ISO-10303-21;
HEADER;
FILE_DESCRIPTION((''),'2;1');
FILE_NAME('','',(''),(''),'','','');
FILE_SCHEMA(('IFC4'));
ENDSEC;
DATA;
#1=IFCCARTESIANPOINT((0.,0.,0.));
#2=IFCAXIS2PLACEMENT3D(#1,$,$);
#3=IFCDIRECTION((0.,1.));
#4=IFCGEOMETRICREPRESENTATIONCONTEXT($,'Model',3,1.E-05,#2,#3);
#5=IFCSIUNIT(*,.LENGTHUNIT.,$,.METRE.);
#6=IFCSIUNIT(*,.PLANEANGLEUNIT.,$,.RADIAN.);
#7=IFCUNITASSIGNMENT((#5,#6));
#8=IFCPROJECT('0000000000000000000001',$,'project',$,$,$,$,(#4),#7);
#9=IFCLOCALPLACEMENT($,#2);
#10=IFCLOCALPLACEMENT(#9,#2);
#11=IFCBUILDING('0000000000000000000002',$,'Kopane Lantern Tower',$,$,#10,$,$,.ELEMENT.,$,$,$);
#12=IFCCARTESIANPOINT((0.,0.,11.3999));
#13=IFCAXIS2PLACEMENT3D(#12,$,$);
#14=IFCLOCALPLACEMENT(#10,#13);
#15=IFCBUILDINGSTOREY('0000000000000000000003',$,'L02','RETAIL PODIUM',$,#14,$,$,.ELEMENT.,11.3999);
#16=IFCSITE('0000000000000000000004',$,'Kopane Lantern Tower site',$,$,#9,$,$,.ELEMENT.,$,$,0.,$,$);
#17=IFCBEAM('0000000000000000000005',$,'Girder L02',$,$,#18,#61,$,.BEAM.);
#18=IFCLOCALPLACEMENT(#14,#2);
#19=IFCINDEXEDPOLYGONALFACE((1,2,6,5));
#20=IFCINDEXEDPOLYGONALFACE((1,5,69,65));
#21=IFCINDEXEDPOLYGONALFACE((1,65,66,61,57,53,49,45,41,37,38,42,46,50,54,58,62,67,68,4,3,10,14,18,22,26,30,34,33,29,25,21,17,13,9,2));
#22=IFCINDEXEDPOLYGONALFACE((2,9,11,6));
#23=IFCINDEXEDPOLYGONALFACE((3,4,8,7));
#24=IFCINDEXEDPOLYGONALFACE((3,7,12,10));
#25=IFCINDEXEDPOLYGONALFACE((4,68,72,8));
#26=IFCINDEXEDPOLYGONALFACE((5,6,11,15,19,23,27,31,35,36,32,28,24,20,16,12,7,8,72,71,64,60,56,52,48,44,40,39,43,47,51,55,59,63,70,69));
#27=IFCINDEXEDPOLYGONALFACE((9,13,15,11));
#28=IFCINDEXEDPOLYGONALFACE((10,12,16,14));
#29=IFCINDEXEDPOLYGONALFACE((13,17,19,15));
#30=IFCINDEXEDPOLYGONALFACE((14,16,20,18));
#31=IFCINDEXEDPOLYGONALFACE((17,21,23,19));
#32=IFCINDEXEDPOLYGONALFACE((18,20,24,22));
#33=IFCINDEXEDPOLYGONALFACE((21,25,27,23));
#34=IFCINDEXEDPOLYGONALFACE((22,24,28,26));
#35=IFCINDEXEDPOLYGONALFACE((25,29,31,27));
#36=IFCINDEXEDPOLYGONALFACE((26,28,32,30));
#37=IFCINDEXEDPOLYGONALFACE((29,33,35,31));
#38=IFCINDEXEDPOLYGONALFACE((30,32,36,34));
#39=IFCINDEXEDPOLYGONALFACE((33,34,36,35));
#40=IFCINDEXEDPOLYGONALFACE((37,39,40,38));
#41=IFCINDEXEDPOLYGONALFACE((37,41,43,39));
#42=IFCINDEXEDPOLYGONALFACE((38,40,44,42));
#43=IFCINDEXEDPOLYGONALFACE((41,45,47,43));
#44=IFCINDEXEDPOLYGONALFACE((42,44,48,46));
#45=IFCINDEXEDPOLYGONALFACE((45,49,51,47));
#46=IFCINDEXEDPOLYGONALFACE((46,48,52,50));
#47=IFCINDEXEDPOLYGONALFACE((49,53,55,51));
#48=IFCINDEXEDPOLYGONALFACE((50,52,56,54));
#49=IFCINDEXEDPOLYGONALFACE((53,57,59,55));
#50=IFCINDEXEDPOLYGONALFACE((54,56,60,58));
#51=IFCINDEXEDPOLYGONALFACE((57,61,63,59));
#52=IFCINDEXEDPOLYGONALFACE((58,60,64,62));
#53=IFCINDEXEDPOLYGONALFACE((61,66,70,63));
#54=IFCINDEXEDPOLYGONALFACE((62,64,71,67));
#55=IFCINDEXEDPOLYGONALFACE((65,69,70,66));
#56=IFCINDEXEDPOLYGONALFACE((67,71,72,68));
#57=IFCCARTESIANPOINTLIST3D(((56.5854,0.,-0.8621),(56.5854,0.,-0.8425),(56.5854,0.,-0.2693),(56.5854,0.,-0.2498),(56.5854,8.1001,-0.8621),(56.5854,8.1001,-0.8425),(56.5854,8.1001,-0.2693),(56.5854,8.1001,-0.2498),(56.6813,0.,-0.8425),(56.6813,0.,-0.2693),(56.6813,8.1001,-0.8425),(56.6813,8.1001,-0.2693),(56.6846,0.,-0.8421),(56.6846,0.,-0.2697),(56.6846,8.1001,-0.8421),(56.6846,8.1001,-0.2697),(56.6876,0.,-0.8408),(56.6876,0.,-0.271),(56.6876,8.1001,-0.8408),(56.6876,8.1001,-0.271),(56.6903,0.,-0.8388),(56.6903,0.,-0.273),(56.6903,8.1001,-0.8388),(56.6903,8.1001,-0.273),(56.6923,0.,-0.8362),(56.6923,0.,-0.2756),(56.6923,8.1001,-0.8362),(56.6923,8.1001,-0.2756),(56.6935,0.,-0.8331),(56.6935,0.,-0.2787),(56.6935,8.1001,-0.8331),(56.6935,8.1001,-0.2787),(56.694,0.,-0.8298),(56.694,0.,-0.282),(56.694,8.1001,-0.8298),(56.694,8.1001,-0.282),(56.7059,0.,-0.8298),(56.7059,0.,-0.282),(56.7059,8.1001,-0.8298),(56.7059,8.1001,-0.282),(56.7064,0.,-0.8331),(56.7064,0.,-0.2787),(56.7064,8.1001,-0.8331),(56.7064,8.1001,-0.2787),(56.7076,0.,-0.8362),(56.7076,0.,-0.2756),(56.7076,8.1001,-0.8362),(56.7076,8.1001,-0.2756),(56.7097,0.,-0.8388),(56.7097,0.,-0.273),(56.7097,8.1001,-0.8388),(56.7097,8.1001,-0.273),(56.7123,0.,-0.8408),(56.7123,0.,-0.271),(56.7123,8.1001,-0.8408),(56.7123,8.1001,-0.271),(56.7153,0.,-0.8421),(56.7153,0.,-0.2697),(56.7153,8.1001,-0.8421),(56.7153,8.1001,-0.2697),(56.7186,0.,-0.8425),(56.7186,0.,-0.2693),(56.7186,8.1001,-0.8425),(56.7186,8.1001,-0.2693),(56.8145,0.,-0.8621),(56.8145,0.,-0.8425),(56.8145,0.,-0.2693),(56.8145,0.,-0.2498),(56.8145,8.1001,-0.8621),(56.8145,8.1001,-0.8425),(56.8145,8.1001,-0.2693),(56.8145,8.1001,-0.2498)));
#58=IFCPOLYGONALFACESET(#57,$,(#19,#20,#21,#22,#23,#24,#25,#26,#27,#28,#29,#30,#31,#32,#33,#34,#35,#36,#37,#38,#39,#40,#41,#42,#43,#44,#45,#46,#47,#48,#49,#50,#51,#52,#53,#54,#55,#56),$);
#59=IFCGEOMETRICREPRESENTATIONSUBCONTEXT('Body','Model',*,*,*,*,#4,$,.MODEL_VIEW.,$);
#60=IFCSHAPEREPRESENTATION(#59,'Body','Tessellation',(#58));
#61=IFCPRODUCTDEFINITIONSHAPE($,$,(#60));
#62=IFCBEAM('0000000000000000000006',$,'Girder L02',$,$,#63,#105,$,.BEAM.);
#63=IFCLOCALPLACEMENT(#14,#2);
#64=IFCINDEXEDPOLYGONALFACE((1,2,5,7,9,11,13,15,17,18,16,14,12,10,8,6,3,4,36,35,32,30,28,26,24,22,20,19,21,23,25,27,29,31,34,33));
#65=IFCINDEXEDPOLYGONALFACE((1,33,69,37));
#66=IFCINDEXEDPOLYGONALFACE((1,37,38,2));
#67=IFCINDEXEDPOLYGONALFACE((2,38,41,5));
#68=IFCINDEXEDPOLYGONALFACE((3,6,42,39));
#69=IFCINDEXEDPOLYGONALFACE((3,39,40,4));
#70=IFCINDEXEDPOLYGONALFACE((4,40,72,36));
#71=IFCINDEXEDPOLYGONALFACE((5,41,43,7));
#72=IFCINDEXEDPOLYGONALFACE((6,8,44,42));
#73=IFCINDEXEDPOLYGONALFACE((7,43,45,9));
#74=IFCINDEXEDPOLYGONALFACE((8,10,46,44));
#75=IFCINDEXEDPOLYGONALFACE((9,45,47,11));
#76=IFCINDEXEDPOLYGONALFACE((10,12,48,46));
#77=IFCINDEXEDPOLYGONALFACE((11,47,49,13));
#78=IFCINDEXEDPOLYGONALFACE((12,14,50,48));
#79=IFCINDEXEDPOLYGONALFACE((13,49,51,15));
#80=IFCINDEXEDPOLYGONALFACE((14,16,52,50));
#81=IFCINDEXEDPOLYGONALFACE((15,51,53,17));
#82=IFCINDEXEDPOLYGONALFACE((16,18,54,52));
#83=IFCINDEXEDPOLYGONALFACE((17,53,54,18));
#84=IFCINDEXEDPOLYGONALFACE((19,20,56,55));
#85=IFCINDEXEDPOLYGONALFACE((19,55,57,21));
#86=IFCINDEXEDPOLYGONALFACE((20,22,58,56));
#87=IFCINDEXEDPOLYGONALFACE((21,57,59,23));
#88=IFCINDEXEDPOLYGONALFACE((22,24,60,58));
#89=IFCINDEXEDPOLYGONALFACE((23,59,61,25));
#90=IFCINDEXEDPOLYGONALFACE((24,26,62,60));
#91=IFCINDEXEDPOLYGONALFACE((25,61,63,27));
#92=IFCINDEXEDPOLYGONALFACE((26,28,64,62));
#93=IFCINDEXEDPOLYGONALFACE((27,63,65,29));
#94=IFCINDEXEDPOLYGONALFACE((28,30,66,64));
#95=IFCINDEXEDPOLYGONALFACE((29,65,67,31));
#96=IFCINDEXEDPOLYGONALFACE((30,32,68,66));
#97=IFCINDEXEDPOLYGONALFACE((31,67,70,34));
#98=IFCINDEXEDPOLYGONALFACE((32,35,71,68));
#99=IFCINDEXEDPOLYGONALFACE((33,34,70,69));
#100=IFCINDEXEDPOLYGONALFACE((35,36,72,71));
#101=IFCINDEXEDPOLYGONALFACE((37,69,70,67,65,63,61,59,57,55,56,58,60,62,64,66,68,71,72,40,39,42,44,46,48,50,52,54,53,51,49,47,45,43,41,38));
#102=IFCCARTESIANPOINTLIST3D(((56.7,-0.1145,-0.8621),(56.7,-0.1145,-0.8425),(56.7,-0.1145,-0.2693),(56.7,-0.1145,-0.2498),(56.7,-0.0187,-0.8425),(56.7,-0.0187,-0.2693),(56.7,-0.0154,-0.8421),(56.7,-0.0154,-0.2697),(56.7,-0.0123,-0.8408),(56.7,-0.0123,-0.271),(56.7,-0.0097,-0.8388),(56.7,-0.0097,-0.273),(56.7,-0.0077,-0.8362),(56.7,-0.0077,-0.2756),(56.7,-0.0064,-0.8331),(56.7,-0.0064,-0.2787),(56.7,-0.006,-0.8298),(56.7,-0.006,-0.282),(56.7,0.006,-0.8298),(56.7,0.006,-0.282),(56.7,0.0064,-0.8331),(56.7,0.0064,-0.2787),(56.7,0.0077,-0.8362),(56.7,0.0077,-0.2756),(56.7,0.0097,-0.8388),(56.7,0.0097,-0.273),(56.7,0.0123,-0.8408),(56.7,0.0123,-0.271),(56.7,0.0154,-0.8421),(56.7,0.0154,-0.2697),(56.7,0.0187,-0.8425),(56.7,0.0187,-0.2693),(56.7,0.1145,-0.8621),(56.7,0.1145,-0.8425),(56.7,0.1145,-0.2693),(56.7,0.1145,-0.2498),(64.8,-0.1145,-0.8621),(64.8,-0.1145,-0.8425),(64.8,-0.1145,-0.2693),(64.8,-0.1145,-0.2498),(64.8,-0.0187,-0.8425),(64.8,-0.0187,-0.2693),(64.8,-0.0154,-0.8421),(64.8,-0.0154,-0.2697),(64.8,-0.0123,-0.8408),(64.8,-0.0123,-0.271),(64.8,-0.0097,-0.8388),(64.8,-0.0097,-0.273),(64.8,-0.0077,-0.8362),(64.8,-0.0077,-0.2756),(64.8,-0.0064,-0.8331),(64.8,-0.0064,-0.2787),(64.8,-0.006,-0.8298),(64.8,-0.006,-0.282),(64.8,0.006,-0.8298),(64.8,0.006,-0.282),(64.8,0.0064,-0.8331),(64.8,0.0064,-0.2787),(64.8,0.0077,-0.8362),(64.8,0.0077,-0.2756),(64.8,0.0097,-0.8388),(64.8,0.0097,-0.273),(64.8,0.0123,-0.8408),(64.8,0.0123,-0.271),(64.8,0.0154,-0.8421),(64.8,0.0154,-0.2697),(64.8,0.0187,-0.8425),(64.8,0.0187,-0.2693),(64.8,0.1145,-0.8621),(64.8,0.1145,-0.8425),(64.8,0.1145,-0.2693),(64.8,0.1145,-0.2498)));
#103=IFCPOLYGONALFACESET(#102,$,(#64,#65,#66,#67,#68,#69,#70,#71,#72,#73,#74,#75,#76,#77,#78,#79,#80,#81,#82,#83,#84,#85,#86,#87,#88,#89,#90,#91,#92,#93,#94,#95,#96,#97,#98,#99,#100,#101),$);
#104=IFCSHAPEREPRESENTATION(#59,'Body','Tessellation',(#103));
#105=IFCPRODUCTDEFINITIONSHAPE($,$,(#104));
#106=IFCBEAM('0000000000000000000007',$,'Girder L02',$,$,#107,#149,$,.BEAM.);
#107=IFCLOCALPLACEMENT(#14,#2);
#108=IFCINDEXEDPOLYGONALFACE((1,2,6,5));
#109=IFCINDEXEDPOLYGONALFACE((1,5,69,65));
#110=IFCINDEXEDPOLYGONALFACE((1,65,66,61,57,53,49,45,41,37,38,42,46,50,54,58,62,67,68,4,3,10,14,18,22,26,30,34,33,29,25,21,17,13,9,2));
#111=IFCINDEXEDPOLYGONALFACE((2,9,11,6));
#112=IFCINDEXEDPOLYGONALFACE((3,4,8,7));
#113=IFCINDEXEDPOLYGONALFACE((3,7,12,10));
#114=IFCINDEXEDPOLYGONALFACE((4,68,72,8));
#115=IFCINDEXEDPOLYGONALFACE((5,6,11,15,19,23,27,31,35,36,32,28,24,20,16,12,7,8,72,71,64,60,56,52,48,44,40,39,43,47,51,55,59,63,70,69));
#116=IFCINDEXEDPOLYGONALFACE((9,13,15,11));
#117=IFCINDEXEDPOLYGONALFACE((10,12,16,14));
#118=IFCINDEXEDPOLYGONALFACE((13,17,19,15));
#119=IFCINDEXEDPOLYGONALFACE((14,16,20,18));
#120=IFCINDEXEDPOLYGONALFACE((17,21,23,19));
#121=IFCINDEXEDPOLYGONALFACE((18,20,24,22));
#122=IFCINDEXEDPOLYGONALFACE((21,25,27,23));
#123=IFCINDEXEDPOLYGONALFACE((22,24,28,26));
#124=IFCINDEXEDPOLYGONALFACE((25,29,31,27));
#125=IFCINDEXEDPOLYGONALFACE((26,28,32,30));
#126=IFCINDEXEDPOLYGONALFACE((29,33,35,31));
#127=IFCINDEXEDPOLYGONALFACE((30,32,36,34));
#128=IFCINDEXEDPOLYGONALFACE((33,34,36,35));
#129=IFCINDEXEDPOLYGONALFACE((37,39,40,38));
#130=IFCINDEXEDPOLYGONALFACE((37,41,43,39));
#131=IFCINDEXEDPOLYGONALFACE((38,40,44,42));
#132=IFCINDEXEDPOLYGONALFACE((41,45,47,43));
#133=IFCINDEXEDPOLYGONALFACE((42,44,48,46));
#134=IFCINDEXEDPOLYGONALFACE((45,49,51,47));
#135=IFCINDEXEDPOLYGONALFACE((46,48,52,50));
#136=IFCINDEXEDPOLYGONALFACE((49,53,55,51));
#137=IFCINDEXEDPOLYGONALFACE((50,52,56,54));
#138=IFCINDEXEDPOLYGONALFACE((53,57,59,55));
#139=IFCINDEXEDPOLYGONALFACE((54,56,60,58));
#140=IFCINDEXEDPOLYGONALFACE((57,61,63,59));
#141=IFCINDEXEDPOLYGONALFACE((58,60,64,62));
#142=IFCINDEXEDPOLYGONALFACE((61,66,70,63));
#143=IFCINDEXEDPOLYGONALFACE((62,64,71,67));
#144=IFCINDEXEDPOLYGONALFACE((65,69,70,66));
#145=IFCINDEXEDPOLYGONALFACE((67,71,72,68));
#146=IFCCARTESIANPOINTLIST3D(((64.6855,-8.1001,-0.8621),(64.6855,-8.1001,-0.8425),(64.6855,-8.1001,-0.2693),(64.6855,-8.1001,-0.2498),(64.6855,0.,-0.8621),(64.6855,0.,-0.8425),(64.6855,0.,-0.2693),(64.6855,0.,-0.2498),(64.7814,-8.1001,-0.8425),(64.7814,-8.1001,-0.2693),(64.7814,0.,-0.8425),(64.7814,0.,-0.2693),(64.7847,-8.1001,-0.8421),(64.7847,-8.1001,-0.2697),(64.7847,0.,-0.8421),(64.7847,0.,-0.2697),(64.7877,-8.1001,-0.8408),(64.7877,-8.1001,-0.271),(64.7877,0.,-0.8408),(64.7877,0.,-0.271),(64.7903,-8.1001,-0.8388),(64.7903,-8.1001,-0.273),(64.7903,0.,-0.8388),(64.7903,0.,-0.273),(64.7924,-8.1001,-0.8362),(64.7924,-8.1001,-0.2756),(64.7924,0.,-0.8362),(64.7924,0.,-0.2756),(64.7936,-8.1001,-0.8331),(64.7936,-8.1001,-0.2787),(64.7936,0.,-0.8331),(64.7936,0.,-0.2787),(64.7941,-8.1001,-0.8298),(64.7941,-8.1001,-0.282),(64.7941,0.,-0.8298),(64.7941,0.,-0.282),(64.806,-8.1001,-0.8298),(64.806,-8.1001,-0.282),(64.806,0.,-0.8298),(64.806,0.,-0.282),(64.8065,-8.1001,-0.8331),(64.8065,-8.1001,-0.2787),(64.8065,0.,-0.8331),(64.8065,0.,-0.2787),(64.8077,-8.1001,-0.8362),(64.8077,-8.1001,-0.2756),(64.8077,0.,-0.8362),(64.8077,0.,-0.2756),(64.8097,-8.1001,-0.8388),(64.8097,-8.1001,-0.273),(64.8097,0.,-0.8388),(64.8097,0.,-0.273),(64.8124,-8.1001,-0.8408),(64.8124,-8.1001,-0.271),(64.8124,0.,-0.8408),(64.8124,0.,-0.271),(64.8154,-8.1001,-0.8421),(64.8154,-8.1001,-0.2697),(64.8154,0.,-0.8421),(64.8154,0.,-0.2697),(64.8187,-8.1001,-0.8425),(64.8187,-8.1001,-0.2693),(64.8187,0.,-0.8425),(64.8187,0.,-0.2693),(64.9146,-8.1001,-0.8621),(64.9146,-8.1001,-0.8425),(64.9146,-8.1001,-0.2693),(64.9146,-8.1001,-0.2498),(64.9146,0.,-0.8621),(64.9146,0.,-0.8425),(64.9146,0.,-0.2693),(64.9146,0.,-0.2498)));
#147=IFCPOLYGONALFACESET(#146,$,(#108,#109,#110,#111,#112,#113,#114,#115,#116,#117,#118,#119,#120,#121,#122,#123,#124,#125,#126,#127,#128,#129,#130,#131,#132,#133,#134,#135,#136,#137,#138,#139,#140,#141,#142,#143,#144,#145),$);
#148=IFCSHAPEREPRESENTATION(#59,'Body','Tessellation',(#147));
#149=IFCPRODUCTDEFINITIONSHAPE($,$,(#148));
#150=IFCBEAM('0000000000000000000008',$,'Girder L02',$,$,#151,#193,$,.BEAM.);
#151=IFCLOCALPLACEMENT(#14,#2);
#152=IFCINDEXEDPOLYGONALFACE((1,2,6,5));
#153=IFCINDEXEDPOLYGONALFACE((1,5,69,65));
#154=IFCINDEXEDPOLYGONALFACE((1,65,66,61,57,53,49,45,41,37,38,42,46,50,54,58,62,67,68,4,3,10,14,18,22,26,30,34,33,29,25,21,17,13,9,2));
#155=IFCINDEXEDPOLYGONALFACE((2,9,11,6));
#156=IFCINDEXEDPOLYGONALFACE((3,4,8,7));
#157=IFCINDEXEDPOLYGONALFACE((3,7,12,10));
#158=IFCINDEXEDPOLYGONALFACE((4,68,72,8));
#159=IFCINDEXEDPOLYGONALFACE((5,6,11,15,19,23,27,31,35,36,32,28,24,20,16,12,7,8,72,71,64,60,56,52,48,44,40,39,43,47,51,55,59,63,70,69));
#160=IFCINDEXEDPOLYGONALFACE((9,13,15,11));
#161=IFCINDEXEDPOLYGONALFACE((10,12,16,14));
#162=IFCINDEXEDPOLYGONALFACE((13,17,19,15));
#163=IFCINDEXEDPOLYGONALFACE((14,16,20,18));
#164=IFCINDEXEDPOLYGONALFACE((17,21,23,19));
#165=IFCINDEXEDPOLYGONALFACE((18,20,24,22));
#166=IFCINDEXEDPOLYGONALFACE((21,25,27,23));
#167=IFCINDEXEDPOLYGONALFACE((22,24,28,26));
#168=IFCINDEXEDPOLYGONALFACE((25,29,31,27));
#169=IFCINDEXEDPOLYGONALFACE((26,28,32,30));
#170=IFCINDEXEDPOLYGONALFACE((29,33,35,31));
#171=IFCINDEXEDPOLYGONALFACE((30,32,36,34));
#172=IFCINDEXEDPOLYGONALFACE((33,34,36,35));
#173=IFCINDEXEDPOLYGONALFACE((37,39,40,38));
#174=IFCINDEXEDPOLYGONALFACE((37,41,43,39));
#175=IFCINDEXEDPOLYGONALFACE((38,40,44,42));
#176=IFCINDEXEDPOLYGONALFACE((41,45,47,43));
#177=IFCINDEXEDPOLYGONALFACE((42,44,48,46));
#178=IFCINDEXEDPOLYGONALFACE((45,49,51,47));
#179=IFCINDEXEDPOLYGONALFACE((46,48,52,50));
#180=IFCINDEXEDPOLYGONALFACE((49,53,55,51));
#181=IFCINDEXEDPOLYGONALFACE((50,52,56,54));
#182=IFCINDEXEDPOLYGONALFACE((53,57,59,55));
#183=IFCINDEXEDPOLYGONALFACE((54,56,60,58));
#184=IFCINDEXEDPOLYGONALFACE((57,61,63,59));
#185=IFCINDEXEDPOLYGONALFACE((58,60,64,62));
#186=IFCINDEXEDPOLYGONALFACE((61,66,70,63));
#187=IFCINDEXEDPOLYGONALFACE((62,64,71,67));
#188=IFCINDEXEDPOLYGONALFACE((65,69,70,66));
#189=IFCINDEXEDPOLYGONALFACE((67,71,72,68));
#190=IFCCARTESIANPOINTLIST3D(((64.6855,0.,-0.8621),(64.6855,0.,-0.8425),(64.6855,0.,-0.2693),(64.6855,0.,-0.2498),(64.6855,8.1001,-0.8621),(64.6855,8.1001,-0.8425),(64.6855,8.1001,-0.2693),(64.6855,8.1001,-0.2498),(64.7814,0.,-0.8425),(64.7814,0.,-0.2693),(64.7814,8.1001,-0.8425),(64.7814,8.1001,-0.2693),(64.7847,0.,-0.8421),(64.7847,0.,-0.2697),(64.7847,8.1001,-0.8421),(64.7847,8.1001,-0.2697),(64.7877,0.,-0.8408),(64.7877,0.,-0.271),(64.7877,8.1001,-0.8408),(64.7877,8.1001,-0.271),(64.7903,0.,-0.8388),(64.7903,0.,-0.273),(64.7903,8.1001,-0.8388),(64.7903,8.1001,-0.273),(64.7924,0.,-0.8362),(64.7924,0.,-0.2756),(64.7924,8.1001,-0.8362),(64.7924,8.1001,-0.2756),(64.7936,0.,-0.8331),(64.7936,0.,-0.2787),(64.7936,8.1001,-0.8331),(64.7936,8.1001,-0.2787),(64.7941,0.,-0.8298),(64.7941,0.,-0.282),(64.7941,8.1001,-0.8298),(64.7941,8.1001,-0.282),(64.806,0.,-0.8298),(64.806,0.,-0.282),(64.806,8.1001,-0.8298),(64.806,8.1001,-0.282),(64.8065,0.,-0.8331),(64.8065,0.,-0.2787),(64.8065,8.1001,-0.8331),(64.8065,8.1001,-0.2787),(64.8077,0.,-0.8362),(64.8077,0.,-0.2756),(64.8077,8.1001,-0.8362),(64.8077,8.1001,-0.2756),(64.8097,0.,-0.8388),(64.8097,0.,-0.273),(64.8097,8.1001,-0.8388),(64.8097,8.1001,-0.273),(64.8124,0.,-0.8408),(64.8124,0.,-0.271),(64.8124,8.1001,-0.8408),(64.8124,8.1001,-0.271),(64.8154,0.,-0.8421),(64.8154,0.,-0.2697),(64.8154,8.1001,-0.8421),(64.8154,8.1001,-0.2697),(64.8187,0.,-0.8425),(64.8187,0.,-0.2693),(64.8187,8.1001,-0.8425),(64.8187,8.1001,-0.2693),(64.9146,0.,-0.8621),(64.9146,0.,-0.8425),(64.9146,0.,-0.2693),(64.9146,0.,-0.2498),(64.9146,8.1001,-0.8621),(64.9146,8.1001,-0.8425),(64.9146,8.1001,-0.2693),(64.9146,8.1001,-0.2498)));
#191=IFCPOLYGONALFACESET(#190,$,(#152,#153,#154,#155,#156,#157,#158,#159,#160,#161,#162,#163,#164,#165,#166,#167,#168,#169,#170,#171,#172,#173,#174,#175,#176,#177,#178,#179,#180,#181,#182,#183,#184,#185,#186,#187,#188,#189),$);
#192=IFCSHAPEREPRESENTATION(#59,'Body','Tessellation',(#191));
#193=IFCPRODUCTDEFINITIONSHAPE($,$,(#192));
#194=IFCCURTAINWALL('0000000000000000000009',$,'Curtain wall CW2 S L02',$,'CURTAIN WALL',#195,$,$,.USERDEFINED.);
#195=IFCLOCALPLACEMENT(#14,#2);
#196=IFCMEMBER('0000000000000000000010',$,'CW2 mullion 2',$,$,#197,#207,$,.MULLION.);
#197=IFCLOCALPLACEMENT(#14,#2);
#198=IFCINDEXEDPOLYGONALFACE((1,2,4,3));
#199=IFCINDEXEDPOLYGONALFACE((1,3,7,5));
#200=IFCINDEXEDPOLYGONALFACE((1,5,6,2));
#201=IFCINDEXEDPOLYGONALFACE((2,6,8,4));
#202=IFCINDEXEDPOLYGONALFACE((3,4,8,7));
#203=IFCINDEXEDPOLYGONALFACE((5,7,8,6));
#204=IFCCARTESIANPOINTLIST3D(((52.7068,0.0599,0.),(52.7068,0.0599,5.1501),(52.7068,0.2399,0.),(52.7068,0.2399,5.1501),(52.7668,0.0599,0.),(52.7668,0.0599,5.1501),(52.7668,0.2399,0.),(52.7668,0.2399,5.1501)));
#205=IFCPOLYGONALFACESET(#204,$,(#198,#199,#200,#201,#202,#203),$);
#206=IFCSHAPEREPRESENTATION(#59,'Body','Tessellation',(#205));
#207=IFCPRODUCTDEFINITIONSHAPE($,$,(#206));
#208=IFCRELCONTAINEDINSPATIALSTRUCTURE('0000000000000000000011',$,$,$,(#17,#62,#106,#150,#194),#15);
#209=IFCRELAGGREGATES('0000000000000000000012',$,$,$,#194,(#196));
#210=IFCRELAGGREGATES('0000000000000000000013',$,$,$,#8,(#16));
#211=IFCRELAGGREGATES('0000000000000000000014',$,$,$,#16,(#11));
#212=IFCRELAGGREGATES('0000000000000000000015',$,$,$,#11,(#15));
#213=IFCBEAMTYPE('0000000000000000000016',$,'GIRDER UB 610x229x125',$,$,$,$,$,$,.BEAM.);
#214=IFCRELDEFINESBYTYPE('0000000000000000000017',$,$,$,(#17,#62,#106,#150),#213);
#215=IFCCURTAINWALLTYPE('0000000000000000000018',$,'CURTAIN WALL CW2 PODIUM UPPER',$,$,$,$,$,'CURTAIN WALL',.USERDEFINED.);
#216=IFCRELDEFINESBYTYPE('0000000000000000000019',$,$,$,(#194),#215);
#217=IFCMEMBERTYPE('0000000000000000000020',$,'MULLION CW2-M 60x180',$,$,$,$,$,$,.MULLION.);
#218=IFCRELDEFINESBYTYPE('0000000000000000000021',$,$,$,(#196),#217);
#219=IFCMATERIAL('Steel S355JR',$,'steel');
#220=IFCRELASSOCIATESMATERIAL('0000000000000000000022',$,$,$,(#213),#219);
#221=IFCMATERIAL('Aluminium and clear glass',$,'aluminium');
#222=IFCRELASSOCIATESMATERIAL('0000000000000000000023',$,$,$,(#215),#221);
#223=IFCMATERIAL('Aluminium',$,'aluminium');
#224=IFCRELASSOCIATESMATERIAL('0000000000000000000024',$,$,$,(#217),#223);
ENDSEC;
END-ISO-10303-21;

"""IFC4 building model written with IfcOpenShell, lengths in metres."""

from ifc_helpers import new_model, si_unit, direction, frame, origin, origin_2d, place, context, subcontext, project, spatial, rectangle, i_section, extrude, material, material_profile, profile_set, type_object, element, aggregate, save


model = new_model("IFC4")

# Units and contexts
model_context = context("Model", 3, precision=1e-05, world=origin(), true_north=direction((0.0, 1.0)))
body_context = subcontext(model_context, "Body", "Model", "MODEL_VIEW")
ifc_project = project(units=[si_unit("LENGTHUNIT", "METRE"), si_unit("PLANEANGLEUNIT", "RADIAN")], contexts=[model_context])

# Site, building, storey
site_placement = place(None, origin())
site = spatial("IfcSite", under=ifc_project, at=site_placement, Name="Kopane Lantern Tower site", CompositionType="ELEMENT", RefElevation=0.0)
building_placement = place(site_placement, origin())
building = spatial("IfcBuilding", under=site, at=building_placement, Name="Kopane Lantern Tower", CompositionType="ELEMENT")
storey_placement = place(building_placement, frame((0.0, 0.0, 11.3999)))
storey = spatial("IfcBuildingStorey", under=building, at=storey_placement, Name="L02", Description="RETAIL PODIUM", CompositionType="ELEMENT", Elevation=11.3999)

# Beams
ifc_material_1 = material(Name="Steel S355JR", Category="steel")
ifc_material_profile_1 = material_profile(ifc_material_1, i_section(OverallWidth=0.229, OverallDepth=0.6123, WebThickness=0.012, FlangeThickness=0.0195, FilletRadius=0.0127, at=origin_2d()), Name="UB 610x229x125")
ifc_profile_set_1 = profile_set([ifc_material_profile_1], Name="Steel S355JR")
beam_type = type_object("IfcBeamType", Name="GIRDER UB 610x229x125", PredefinedType="BEAM", material=ifc_profile_set_1)
for number, where, z_axis, x_axis, name in (
    (1, (56.7, 0.0, -0.5559), (0.0, 1.0, 0.0), (-1.0, 0.0, 0.0), "Girder L02"),
    (2, (56.7, 0.0, -0.5559), (1.0, 0.0, 0.0), (0.0, 1.0, 0.0), "Girder L02"),
    (3, (64.8, -8.1001, -0.5559), (0.0, 1.0, 0.0), (-1.0, 0.0, 0.0), "Girder L02"),
    (4, (64.8, 0.0, -0.5559), (0.0, 1.0, 0.0), (-1.0, 0.0, 0.0), "Girder L02"),
):
    element("IfcBeam", number, at=place(storey_placement, frame(where, z_axis=z_axis, x_axis=x_axis)), inside=storey, type_object=beam_type, Name=name, PredefinedType="BEAM", context=body_context, shape_type="SweptSolid", body=[
        extrude(i_section(OverallWidth=0.229, OverallDepth=0.6123, WebThickness=0.012, FlangeThickness=0.0195, FilletRadius=0.0127, at=origin_2d()), origin(), (0.0, 0.0, 1.0), 8.1001),
    ])

# Curtain wall, member
ifc_material_2 = material(Name="Aluminium and clear glass", Category="aluminium")
curtain_wall_type = type_object("IfcCurtainWallType", Name="CURTAIN WALL CW2 PODIUM UPPER", ElementType="CURTAIN WALL", PredefinedType="USERDEFINED", material=ifc_material_2)
curtain_wall_1_placement = place(storey_placement, origin())
curtain_wall_1 = element("IfcCurtainWall", 5, at=curtain_wall_1_placement, inside=storey, type_object=curtain_wall_type, Name="Curtain wall CW2 S L02", ObjectType="CURTAIN WALL", PredefinedType="USERDEFINED")
ifc_material_3 = material(Name="Aluminium", Category="aluminium")
ifc_material_profile_2 = material_profile(ifc_material_3, rectangle(XDim=0.0601, YDim=0.1799, at=origin_2d()), Name="AL 60x180")
ifc_profile_set_2 = profile_set([ifc_material_profile_2], Name="Aluminium")
member_type_1 = type_object("IfcMemberType", Name="MULLION CW2-M 60x180", PredefinedType="MULLION", material=ifc_profile_set_2)
member_1_placement = place(storey_placement, frame((52.7368, 0.1499, 0.0), z_axis=(0.0, 0.0, 1.0), x_axis=(1.0, 0.0, 0.0)))
member_1 = element("IfcMember", 6, at=member_1_placement, type_object=member_type_1, Name="CW2 mullion 2", PredefinedType="MULLION", context=body_context, shape_type="SweptSolid", body=[
    extrude(rectangle(XDim=0.0601, YDim=0.1799, at=origin_2d()), origin(), (0.0, 0.0, 1.0), 5.1501),
])

aggregate(curtain_wall_1, [member_1])

save(model, "model.ifc")
